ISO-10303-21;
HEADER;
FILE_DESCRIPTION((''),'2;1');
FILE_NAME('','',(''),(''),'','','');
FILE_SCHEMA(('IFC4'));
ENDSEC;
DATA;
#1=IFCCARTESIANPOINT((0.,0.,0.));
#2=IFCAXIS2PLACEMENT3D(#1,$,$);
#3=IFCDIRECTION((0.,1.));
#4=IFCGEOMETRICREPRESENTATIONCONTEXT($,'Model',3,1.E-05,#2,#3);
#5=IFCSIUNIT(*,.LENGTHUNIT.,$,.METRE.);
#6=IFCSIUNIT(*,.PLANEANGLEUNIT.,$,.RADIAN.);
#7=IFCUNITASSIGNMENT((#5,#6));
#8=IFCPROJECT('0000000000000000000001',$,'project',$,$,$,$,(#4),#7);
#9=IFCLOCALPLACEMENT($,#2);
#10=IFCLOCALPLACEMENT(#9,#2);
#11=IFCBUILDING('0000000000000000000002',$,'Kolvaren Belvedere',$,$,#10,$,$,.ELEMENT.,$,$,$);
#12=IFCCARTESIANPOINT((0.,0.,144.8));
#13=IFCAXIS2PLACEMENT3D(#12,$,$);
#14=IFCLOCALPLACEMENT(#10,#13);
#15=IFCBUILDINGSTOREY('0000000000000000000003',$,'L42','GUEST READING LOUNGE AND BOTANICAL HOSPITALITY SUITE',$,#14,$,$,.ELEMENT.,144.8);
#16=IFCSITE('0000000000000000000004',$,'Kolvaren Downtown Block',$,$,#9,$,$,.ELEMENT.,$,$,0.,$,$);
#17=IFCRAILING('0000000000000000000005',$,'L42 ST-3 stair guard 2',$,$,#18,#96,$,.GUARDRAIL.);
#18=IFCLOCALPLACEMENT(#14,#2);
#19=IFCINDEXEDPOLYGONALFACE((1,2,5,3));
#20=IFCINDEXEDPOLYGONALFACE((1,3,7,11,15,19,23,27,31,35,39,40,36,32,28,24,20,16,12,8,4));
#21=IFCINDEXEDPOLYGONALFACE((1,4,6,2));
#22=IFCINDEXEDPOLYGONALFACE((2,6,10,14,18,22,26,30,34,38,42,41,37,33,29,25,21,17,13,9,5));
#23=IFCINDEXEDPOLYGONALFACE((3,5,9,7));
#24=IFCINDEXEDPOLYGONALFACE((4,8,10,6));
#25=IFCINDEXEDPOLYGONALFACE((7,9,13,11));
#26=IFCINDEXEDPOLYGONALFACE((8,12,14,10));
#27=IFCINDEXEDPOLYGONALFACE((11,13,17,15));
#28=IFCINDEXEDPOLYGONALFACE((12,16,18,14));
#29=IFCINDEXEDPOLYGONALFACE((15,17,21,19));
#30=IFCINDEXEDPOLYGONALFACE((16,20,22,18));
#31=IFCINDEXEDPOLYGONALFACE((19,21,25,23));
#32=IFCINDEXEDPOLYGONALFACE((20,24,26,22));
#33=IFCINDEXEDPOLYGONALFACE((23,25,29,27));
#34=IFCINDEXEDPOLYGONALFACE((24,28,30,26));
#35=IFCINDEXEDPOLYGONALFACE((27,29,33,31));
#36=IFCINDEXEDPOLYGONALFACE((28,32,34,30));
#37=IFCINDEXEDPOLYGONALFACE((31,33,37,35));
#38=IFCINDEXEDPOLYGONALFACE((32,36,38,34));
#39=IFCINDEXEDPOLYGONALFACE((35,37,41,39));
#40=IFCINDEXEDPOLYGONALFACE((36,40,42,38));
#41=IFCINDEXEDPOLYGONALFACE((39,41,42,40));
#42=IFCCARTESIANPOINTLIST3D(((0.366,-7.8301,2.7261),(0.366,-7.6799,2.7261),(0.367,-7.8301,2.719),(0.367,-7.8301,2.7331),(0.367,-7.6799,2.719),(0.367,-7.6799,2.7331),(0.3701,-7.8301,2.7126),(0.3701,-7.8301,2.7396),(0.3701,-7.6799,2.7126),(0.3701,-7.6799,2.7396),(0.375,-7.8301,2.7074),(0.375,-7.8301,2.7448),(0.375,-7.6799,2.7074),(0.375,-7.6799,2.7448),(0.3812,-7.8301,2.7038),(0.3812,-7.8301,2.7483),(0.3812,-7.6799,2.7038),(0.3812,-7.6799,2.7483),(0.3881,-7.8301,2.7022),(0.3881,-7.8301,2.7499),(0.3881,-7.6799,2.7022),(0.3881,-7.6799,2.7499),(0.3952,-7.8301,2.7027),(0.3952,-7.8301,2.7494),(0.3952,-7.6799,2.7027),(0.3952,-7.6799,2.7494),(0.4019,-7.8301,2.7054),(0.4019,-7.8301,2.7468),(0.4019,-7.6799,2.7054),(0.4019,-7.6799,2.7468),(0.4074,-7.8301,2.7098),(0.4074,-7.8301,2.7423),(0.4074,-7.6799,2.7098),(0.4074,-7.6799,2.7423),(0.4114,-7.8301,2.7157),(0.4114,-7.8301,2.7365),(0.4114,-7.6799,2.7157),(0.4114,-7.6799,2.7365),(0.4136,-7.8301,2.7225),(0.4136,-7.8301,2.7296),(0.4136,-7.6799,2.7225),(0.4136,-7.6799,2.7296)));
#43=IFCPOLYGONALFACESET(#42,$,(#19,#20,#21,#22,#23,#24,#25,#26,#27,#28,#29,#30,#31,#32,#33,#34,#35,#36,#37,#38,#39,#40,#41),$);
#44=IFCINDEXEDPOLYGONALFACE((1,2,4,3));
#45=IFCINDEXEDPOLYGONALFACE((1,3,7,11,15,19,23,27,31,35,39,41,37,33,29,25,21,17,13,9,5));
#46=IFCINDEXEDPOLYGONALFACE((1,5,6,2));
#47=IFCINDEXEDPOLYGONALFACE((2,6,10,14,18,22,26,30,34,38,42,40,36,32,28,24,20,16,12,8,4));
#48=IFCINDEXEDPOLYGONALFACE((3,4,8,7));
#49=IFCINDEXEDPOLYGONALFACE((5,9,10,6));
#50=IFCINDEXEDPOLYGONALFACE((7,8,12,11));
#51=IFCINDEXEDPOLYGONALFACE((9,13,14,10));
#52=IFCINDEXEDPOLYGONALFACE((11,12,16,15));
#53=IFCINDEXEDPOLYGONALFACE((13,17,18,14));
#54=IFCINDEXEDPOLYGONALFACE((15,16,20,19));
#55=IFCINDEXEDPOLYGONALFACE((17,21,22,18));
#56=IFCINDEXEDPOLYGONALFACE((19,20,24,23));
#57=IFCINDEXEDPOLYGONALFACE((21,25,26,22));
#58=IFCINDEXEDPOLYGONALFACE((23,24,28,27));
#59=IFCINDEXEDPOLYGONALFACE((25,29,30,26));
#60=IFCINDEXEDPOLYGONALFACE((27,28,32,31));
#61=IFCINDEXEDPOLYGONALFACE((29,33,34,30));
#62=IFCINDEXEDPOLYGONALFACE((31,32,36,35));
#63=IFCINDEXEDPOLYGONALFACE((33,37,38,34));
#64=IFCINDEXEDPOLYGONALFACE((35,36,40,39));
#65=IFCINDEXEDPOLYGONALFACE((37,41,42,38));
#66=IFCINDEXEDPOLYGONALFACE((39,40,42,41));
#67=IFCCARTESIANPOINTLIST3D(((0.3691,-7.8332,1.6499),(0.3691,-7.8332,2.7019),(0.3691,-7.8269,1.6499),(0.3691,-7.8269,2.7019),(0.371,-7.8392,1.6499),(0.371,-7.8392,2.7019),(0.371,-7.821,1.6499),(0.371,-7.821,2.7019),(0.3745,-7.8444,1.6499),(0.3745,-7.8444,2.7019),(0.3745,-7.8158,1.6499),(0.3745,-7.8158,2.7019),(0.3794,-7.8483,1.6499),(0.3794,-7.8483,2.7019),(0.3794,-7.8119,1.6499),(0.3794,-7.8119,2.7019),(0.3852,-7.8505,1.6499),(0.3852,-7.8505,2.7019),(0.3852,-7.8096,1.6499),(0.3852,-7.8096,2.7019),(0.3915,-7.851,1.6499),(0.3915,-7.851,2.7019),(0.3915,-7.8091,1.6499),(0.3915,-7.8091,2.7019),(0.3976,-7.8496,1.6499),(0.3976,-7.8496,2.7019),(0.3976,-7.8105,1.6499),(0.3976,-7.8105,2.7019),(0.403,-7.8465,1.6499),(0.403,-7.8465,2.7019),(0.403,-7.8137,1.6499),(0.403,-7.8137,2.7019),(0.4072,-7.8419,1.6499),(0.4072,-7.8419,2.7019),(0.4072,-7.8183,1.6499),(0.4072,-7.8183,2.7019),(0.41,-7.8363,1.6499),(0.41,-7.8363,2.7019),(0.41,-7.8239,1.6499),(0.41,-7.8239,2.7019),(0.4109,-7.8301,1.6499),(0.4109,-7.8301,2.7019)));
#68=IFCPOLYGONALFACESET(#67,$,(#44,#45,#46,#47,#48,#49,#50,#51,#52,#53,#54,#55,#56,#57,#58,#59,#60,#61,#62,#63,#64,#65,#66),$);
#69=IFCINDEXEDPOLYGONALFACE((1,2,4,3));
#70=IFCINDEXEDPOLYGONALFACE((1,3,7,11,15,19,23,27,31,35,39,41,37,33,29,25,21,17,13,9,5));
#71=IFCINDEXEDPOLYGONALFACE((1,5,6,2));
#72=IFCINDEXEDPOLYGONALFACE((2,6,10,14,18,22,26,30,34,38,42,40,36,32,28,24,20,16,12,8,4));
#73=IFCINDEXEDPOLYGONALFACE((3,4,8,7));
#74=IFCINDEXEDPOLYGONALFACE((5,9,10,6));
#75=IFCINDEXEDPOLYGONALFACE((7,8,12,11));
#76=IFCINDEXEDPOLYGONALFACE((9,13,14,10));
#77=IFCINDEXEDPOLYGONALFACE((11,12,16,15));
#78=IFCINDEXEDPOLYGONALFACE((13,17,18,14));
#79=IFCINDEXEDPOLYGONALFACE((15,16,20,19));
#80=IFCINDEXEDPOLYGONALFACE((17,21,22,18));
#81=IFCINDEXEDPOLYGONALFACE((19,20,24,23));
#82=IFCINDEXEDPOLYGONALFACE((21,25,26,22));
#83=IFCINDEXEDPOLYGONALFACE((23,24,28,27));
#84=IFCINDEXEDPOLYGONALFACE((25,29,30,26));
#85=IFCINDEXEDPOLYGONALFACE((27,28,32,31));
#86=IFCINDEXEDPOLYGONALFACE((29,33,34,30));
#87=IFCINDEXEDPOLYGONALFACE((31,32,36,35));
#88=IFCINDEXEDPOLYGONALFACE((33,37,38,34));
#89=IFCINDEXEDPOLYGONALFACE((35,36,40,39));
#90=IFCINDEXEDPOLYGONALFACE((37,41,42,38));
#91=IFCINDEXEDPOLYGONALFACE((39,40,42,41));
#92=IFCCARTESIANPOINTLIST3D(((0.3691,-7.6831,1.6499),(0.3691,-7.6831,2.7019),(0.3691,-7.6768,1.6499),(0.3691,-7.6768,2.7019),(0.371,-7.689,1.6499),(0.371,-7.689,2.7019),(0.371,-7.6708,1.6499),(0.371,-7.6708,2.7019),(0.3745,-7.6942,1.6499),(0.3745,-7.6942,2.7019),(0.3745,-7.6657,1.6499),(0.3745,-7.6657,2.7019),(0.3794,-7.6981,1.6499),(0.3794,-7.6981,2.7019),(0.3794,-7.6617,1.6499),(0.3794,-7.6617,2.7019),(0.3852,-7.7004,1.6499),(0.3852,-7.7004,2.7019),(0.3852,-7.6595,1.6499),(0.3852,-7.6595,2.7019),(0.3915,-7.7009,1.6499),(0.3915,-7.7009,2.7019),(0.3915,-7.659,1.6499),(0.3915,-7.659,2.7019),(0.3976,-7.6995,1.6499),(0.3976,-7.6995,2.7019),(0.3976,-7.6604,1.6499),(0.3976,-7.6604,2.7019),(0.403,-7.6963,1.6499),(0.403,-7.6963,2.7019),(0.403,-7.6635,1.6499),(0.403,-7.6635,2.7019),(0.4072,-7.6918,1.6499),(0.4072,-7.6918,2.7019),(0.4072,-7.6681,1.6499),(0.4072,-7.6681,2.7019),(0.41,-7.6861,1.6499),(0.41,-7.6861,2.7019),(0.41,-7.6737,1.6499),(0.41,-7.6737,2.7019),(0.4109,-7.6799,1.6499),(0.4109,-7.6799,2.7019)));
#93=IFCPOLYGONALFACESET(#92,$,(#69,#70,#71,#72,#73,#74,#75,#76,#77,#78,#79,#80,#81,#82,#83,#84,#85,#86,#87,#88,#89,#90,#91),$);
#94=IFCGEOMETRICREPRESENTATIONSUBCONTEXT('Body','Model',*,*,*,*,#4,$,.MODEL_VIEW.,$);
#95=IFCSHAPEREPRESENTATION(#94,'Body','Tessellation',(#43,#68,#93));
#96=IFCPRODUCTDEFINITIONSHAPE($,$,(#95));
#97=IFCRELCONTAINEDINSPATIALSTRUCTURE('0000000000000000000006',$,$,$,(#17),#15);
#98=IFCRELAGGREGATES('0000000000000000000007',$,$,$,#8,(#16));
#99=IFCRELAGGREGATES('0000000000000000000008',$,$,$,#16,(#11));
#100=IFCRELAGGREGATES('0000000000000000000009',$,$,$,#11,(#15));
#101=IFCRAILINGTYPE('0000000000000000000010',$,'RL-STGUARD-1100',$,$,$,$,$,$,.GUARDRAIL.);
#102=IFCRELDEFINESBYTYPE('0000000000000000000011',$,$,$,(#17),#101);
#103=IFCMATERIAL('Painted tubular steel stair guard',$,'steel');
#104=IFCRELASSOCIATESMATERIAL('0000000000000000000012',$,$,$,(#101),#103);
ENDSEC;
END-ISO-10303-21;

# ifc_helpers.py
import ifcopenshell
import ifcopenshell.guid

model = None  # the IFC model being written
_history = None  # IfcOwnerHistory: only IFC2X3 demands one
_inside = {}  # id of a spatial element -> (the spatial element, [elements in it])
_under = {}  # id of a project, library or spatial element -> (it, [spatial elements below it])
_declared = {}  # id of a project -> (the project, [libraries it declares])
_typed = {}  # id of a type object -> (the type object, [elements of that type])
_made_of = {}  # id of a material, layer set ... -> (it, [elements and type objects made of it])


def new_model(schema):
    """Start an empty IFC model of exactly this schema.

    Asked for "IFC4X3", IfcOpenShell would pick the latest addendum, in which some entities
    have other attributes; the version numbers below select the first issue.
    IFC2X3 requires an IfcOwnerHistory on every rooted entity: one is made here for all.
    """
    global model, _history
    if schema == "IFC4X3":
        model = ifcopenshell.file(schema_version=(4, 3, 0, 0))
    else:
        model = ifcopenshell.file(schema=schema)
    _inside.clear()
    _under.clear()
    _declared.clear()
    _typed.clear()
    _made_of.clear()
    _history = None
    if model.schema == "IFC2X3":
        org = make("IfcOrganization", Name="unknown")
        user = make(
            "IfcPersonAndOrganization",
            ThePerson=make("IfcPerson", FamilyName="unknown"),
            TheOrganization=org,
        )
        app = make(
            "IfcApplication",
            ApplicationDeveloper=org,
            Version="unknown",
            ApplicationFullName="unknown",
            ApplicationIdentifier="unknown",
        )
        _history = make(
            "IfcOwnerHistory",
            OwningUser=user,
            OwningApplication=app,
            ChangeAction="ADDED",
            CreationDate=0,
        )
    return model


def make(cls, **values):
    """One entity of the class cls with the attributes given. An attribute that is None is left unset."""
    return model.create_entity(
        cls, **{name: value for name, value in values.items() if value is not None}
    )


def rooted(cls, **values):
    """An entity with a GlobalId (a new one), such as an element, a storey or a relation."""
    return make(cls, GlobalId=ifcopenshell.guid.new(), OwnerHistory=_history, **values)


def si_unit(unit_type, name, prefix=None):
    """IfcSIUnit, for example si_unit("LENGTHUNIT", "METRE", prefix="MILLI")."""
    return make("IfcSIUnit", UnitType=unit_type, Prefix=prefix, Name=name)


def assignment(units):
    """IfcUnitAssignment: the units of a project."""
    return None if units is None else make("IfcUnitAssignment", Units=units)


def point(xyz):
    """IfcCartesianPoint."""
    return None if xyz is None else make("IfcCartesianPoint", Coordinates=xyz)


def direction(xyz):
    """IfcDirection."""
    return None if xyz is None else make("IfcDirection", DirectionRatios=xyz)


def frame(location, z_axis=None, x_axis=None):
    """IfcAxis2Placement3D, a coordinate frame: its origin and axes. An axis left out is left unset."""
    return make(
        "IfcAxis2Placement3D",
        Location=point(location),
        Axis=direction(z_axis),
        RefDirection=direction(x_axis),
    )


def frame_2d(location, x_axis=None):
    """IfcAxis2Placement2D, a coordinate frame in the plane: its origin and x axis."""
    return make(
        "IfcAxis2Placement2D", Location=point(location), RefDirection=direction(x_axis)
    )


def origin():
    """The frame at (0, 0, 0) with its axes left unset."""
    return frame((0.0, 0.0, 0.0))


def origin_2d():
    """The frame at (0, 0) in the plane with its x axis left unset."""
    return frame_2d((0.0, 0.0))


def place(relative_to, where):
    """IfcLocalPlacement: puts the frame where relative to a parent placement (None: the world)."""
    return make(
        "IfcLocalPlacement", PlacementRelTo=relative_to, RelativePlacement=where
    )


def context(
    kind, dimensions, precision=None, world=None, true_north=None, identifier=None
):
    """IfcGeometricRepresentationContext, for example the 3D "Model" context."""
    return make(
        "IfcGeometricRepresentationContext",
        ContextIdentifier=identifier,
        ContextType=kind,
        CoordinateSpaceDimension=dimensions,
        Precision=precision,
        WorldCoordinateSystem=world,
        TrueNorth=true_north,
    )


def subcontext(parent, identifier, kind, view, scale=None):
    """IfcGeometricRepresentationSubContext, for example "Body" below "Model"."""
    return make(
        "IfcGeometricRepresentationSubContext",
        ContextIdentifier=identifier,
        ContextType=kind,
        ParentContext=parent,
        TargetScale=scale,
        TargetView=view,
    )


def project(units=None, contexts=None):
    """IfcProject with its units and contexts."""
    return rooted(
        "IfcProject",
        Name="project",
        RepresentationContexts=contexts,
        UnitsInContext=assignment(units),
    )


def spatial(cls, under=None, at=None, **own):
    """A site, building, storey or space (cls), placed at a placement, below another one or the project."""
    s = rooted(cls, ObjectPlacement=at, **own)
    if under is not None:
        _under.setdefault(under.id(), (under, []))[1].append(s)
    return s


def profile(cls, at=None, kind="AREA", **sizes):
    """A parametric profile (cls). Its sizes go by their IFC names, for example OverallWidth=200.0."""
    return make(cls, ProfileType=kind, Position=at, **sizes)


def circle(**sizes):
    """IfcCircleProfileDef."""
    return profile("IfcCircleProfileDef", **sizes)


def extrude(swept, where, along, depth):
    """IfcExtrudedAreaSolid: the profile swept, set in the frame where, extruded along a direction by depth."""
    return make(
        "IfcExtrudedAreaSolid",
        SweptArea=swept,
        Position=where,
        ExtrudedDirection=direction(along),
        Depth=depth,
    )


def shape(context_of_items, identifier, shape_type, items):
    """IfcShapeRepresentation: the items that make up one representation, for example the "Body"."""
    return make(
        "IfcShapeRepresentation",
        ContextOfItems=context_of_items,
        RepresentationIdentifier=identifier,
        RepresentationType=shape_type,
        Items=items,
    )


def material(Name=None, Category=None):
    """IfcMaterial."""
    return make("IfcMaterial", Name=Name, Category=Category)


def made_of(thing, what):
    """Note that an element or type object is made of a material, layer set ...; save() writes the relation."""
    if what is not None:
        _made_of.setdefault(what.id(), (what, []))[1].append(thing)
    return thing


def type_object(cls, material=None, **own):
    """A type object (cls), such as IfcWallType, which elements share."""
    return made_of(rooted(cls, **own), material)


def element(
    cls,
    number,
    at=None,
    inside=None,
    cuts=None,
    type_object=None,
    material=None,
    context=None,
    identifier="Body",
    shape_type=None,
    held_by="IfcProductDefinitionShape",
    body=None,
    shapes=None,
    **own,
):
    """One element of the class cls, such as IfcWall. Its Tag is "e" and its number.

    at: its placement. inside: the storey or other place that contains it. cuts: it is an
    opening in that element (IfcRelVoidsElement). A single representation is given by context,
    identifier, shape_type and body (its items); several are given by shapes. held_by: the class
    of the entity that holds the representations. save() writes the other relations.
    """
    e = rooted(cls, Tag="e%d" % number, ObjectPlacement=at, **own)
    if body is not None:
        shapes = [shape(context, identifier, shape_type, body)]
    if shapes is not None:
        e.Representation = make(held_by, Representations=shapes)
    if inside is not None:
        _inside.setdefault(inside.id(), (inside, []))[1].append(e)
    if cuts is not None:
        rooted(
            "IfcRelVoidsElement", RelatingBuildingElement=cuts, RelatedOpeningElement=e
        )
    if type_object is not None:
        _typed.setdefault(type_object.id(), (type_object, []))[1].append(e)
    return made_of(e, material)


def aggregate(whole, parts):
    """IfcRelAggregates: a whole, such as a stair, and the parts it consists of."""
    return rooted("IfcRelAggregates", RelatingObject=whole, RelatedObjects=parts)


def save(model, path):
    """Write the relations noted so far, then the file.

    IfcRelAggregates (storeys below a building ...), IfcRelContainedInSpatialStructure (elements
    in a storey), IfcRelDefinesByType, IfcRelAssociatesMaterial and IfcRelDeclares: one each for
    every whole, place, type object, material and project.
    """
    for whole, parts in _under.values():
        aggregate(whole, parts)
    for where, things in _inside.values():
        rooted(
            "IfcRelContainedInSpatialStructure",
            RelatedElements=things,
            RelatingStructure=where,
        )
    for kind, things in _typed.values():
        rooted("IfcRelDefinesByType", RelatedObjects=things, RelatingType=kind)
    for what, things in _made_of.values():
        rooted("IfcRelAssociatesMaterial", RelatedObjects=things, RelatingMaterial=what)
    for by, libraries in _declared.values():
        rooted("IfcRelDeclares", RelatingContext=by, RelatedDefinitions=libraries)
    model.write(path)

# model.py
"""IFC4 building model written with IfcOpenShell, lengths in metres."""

from ifc_helpers import new_model, si_unit, direction, frame, origin, origin_2d, place, context, subcontext, project, spatial, circle, extrude, material, type_object, element, save


model = new_model("IFC4")

# Units and contexts
model_context = context("Model", 3, precision=1e-05, world=origin(), true_north=direction((0.0, 1.0)))
body_context = subcontext(model_context, "Body", "Model", "MODEL_VIEW")
ifc_project = project(units=[si_unit("LENGTHUNIT", "METRE"), si_unit("PLANEANGLEUNIT", "RADIAN")], contexts=[model_context])

# Site, building, storey
site_placement = place(None, origin())
site = spatial("IfcSite", under=ifc_project, at=site_placement, Name="Kolvaren Downtown Block", CompositionType="ELEMENT", RefElevation=0.0)
building_placement = place(site_placement, origin())
building = spatial("IfcBuilding", under=site, at=building_placement, Name="Kolvaren Belvedere", CompositionType="ELEMENT")
storey_placement = place(building_placement, frame((0.0, 0.0, 144.8)))
storey = spatial("IfcBuildingStorey", under=building, at=storey_placement, Name="L42", Description="GUEST READING LOUNGE AND BOTANICAL HOSPITALITY SUITE", CompositionType="ELEMENT", Elevation=144.8)

# Railing
ifc_material_1 = material(Name="Painted tubular steel stair guard", Category="steel")
railing_type_1 = type_object("IfcRailingType", Name="RL-STGUARD-1100", PredefinedType="GUARDRAIL", material=ifc_material_1)
railing_1_placement = place(storey_placement, frame((0.3899, -7.8301, 1.6499)))
element("IfcRailing", 1, at=railing_1_placement, inside=storey, type_object=railing_type_1, Name="L42 ST-3 stair guard 2", PredefinedType="GUARDRAIL", context=body_context, shape_type="SweptSolid", body=[
    extrude(circle(Radius=0.0239, at=origin_2d()), frame((0.0, 0.0, 1.0762), z_axis=(0.0, 1.0, 0.0), x_axis=(-1.0, 0.0, 0.0)), (0.0, 0.0, 1.0), 0.1501),
    extrude(circle(Radius=0.021, at=origin_2d()), origin(), (0.0, 0.0, 1.0), 1.052),
    extrude(circle(Radius=0.021, at=origin_2d()), frame((0.0, 0.1501, 0.0)), (0.0, 0.0, 1.0), 1.052),
])

save(model, "model.ifc")
